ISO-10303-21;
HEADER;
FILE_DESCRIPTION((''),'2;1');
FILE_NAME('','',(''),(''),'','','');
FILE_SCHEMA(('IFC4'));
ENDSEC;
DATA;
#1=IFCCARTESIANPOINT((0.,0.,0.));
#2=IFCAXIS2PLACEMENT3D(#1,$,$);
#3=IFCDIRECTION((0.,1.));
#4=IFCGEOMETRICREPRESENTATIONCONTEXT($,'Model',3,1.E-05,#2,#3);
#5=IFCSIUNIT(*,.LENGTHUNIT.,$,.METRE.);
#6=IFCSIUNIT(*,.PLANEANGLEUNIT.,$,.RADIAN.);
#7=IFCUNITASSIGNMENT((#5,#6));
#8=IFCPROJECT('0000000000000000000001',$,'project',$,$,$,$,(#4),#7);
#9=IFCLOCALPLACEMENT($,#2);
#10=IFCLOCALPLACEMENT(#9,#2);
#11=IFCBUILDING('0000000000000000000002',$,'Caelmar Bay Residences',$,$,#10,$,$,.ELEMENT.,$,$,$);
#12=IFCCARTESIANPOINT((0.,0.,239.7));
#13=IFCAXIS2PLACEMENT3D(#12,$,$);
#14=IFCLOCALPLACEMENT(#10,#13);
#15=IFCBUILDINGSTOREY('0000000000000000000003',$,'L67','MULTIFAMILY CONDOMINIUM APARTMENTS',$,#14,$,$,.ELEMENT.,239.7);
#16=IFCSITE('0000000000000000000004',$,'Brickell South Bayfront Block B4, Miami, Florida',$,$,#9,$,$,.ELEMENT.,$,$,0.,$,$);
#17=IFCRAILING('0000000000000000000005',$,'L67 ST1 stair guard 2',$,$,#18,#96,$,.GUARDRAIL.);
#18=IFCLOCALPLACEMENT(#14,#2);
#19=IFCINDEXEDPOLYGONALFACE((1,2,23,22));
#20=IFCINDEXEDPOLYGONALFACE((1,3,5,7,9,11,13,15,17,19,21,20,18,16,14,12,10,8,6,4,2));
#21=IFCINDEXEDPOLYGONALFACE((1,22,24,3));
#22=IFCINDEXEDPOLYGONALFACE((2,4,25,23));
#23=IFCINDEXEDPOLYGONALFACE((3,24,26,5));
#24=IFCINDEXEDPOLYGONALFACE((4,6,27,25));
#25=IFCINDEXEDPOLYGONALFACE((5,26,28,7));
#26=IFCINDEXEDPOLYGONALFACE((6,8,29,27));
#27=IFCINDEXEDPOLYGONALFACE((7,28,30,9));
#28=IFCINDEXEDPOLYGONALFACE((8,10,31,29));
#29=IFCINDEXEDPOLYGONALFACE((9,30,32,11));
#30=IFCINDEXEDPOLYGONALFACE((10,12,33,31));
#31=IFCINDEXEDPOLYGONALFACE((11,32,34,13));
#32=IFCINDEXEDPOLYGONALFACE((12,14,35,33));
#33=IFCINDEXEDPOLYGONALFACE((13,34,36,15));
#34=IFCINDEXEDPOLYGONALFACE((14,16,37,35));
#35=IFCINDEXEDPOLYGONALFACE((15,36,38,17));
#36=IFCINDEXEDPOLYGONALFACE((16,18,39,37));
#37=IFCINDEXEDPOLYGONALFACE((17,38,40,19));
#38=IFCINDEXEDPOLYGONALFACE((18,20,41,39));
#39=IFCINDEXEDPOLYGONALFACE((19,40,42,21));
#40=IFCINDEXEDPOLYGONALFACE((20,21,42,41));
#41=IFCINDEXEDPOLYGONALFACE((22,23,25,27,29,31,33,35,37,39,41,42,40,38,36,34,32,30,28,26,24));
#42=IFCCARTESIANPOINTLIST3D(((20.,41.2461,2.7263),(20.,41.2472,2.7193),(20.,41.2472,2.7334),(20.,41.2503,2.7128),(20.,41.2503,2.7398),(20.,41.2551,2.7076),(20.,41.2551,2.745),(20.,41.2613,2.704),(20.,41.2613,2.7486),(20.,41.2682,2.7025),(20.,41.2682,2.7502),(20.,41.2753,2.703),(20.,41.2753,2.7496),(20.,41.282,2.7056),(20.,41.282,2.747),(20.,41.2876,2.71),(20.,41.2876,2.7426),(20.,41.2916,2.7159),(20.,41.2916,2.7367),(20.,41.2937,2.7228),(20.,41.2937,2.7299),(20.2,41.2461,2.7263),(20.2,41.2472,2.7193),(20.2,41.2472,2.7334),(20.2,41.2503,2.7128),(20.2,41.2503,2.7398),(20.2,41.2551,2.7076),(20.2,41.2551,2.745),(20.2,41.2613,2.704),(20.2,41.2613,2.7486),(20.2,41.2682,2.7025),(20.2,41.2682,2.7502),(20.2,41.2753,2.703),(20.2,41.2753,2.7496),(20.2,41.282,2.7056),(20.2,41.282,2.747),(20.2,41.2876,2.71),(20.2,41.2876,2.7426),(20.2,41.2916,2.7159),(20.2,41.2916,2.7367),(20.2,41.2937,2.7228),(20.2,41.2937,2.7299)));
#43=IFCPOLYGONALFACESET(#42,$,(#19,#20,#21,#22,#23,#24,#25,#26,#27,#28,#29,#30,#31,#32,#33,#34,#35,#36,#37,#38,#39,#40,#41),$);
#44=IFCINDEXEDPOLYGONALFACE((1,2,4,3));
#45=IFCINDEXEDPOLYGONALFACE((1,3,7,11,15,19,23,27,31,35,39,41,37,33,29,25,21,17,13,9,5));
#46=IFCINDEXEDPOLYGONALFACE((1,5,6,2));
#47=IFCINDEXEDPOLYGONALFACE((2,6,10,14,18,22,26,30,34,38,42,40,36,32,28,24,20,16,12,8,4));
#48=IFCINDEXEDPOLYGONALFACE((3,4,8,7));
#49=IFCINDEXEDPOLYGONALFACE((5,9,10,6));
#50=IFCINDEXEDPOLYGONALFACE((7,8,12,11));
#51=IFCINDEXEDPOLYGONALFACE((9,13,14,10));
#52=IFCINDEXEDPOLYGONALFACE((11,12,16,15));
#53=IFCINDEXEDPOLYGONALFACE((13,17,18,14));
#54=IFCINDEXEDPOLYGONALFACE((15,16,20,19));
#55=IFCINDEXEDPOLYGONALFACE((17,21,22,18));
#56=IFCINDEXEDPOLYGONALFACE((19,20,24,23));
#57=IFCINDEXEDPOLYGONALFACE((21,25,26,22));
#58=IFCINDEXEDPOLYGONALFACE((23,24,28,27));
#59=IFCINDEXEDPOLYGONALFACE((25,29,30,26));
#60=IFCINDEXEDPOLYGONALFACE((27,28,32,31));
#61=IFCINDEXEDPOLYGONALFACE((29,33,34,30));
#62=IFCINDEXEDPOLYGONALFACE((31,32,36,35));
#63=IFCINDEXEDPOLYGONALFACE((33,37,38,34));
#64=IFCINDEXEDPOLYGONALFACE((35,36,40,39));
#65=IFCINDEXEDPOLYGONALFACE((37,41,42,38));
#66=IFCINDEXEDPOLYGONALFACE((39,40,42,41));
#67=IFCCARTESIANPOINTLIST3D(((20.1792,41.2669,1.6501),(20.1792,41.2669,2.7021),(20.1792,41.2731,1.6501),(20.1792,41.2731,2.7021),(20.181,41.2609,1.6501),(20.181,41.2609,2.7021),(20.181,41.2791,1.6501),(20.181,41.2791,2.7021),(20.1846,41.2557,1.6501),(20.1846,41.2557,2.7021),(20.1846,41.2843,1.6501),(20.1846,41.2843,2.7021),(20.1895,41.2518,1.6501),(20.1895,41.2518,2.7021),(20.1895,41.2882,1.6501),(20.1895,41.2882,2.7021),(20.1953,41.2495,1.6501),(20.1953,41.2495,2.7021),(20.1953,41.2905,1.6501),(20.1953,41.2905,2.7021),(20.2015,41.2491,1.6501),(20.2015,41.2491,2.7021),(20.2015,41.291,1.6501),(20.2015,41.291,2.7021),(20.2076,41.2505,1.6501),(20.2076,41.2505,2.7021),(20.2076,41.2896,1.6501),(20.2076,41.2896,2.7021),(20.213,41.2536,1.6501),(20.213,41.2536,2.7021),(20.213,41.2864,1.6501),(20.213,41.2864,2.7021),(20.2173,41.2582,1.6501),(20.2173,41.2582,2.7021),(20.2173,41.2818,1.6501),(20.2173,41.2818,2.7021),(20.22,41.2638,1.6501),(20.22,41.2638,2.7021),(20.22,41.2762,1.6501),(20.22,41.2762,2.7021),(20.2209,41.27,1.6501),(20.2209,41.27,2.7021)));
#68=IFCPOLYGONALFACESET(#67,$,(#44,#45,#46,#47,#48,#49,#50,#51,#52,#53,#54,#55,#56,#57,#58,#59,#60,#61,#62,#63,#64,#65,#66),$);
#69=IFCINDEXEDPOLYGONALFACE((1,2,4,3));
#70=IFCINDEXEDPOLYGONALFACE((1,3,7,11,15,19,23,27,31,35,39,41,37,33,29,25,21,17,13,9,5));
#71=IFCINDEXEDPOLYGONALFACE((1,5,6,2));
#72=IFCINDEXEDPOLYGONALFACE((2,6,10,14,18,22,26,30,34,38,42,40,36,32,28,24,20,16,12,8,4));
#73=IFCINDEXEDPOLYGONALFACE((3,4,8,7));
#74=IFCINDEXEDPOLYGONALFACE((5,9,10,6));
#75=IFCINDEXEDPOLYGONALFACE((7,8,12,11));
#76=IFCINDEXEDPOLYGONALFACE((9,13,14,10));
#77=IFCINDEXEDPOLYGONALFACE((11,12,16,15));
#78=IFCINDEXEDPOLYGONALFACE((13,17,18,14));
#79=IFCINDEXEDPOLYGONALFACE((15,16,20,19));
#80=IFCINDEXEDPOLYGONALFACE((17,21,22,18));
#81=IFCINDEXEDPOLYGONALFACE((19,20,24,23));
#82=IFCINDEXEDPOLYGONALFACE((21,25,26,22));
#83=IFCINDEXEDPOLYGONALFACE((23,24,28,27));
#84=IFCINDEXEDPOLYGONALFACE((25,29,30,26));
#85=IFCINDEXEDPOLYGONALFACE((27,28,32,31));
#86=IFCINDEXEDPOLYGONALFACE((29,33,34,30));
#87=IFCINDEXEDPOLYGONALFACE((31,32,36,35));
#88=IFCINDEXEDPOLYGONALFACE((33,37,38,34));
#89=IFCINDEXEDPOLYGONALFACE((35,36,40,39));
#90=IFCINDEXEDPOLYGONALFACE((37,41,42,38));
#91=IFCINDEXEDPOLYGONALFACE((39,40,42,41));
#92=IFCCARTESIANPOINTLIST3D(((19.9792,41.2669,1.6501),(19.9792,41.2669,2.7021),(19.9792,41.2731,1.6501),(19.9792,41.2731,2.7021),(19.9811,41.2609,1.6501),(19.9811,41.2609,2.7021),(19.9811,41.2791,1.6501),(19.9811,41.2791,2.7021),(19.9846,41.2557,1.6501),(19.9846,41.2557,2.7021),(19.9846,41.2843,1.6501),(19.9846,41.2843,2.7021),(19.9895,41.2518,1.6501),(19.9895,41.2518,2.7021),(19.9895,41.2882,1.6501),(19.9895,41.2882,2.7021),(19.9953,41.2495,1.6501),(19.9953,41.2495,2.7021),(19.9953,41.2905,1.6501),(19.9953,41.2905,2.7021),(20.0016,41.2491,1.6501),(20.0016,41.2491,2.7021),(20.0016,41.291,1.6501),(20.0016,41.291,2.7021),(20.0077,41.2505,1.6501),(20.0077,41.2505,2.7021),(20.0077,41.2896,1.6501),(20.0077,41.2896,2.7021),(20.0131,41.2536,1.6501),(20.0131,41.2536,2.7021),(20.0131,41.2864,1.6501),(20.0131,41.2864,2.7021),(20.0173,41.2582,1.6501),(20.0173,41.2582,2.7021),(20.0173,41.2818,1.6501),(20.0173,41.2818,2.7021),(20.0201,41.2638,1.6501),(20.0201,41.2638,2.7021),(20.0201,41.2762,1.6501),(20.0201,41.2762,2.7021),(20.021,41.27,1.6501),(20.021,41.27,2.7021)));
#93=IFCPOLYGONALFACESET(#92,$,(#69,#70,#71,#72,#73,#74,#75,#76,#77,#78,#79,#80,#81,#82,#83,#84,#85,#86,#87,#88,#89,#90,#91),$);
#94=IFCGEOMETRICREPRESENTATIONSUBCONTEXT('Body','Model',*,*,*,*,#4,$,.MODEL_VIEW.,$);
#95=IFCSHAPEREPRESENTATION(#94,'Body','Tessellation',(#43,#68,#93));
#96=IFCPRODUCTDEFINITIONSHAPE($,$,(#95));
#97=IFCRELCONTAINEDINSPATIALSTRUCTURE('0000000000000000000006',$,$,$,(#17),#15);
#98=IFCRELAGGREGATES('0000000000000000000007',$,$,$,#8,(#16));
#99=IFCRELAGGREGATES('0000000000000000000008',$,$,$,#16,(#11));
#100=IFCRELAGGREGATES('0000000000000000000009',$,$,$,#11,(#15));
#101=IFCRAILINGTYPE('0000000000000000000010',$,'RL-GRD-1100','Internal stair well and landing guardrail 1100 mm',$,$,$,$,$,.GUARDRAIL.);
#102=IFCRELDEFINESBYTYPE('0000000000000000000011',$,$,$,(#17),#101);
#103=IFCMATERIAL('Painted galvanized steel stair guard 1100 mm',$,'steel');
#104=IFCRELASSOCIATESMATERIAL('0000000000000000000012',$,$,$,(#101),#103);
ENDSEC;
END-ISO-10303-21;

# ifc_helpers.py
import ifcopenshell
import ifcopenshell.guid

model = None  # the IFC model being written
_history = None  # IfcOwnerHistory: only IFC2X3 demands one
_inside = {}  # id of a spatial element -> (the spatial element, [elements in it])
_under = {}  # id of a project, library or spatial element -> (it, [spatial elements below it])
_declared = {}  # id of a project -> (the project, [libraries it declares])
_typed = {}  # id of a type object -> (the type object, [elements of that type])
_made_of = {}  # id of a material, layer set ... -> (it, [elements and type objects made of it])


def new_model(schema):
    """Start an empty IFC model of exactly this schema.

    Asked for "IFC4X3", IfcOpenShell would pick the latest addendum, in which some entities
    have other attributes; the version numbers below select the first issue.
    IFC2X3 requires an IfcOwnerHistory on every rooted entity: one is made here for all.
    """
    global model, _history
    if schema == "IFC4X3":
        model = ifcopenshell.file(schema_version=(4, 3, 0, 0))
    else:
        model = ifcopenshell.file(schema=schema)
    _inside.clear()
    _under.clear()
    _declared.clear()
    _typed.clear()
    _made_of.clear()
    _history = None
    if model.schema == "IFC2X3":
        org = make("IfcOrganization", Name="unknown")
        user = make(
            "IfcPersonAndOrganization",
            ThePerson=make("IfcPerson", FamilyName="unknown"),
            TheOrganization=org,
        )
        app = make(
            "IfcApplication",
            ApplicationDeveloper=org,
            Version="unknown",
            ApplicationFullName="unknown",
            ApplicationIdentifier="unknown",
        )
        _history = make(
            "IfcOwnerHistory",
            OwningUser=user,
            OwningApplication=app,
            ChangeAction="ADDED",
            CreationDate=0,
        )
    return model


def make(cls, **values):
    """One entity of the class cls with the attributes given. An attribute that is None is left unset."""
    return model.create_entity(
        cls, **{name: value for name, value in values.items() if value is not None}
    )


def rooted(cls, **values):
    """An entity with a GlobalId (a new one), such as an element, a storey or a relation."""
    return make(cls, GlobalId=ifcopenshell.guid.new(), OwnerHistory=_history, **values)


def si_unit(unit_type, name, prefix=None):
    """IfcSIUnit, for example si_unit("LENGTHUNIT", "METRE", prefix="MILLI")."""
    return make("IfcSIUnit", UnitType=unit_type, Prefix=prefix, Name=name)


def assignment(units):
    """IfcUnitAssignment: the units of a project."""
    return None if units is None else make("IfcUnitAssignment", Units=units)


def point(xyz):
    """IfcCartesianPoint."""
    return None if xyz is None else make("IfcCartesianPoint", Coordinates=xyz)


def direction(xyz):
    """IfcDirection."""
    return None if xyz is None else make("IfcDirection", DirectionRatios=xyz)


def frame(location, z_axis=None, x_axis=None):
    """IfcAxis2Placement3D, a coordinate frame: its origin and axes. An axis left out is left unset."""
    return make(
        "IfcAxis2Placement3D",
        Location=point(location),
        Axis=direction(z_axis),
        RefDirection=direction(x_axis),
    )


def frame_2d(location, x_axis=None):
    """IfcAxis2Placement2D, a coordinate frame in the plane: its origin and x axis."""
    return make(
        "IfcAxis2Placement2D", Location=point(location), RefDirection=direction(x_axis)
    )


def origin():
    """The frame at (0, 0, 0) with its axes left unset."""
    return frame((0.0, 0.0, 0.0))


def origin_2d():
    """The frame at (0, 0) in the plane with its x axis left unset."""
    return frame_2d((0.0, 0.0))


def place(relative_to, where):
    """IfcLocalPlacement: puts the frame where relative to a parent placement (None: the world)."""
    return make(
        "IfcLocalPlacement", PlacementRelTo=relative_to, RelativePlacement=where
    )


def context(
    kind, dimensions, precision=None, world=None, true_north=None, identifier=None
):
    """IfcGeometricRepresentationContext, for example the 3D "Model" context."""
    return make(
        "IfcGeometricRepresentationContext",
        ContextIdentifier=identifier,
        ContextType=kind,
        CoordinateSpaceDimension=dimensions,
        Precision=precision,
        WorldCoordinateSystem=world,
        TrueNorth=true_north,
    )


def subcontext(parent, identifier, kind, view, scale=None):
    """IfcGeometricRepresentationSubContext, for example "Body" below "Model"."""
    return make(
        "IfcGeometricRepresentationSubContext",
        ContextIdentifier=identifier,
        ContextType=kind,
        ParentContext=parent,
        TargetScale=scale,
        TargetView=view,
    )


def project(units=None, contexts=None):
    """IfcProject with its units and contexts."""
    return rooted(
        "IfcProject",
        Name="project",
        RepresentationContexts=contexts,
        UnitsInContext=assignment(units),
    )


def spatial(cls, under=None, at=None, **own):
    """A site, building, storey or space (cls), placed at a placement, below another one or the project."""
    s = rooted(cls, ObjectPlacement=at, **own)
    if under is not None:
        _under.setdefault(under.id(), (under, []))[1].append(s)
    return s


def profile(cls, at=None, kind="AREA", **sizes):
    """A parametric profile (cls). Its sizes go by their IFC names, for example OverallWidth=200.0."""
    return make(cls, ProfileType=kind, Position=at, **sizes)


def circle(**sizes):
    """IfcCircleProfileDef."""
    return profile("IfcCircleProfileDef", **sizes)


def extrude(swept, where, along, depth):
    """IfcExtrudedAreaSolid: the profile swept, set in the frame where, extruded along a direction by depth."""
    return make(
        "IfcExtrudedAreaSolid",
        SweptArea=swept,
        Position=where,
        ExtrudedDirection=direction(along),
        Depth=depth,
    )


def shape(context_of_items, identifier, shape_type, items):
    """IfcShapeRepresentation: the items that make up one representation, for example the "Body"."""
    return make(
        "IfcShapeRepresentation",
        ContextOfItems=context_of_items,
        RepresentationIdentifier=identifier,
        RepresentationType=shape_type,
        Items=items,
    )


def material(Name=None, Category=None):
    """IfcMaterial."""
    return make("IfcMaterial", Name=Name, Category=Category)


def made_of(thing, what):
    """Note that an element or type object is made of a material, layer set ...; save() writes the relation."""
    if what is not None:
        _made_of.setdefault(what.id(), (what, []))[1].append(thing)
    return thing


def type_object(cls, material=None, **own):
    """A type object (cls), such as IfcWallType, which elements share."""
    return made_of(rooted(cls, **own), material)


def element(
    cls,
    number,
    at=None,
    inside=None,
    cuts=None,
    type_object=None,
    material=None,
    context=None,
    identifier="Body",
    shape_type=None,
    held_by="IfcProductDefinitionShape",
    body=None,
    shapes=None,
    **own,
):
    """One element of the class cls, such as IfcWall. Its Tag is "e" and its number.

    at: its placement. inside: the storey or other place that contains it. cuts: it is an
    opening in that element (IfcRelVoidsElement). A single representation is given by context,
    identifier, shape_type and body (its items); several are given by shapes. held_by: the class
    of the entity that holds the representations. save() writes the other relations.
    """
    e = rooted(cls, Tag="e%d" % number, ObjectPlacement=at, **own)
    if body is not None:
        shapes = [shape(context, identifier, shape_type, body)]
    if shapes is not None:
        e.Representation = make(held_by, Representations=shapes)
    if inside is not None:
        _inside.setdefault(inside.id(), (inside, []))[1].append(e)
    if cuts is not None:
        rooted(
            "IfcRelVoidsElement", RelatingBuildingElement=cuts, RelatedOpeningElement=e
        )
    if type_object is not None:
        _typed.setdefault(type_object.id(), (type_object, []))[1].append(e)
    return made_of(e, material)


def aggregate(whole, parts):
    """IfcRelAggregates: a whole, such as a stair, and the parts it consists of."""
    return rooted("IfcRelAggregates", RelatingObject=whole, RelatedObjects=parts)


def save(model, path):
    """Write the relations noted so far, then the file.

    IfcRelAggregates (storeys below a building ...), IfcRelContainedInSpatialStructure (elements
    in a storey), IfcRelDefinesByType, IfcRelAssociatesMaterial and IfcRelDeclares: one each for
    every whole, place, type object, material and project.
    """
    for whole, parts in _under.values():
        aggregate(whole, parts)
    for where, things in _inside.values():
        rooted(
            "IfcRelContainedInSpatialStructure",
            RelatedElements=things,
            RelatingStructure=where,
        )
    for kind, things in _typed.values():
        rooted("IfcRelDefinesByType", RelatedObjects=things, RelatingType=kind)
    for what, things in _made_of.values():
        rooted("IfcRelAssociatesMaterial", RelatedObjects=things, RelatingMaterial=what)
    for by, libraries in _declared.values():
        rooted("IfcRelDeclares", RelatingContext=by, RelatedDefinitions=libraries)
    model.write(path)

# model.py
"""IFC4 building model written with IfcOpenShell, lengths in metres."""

from ifc_helpers import new_model, si_unit, direction, frame, origin, origin_2d, place, context, subcontext, project, spatial, circle, extrude, material, type_object, element, save


model = new_model("IFC4")

# Units and contexts
model_context = context("Model", 3, precision=1e-05, world=origin(), true_north=direction((0.0, 1.0)))
body_context = subcontext(model_context, "Body", "Model", "MODEL_VIEW")
ifc_project = project(units=[si_unit("LENGTHUNIT", "METRE"), si_unit("PLANEANGLEUNIT", "RADIAN")], contexts=[model_context])

# Site, building, storey
site_placement = place(None, origin())
site = spatial("IfcSite", under=ifc_project, at=site_placement, Name="Brickell South Bayfront Block B4, Miami, Florida", CompositionType="ELEMENT", RefElevation=0.0)
building_placement = place(site_placement, origin())
building = spatial("IfcBuilding", under=site, at=building_placement, Name="Caelmar Bay Residences", CompositionType="ELEMENT")
storey_placement = place(building_placement, frame((0.0, 0.0, 239.7)))
storey = spatial("IfcBuildingStorey", under=building, at=storey_placement, Name="L67", Description="MULTIFAMILY CONDOMINIUM APARTMENTS", CompositionType="ELEMENT", Elevation=239.7)

# Railing
ifc_material_1 = material(Name="Painted galvanized steel stair guard 1100 mm", Category="steel")
railing_type_1 = type_object("IfcRailingType", Name="RL-GRD-1100", Description="Internal stair well and landing guardrail 1100 mm", PredefinedType="GUARDRAIL", material=ifc_material_1)
railing_1_placement = place(storey_placement, frame((20.2, 41.27, 1.6501)))
element("IfcRailing", 1, at=railing_1_placement, inside=storey, type_object=railing_type_1, Name="L67 ST1 stair guard 2", PredefinedType="GUARDRAIL", context=body_context, shape_type="SweptSolid", body=[
    extrude(circle(Radius=0.0239, at=origin_2d()), frame((0.0, 0.0, 1.0762), z_axis=(-1.0, 0.0, 0.0), x_axis=(0.0, -1.0, 0.0)), (0.0, 0.0, 1.0), 0.2),
    extrude(circle(Radius=0.021, at=origin_2d()), origin(), (0.0, 0.0, 1.0), 1.052),
    extrude(circle(Radius=0.021, at=origin_2d()), frame((-0.2, 0.0, 0.0)), (0.0, 0.0, 1.0), 1.052),
])

save(model, "model.ifc")
